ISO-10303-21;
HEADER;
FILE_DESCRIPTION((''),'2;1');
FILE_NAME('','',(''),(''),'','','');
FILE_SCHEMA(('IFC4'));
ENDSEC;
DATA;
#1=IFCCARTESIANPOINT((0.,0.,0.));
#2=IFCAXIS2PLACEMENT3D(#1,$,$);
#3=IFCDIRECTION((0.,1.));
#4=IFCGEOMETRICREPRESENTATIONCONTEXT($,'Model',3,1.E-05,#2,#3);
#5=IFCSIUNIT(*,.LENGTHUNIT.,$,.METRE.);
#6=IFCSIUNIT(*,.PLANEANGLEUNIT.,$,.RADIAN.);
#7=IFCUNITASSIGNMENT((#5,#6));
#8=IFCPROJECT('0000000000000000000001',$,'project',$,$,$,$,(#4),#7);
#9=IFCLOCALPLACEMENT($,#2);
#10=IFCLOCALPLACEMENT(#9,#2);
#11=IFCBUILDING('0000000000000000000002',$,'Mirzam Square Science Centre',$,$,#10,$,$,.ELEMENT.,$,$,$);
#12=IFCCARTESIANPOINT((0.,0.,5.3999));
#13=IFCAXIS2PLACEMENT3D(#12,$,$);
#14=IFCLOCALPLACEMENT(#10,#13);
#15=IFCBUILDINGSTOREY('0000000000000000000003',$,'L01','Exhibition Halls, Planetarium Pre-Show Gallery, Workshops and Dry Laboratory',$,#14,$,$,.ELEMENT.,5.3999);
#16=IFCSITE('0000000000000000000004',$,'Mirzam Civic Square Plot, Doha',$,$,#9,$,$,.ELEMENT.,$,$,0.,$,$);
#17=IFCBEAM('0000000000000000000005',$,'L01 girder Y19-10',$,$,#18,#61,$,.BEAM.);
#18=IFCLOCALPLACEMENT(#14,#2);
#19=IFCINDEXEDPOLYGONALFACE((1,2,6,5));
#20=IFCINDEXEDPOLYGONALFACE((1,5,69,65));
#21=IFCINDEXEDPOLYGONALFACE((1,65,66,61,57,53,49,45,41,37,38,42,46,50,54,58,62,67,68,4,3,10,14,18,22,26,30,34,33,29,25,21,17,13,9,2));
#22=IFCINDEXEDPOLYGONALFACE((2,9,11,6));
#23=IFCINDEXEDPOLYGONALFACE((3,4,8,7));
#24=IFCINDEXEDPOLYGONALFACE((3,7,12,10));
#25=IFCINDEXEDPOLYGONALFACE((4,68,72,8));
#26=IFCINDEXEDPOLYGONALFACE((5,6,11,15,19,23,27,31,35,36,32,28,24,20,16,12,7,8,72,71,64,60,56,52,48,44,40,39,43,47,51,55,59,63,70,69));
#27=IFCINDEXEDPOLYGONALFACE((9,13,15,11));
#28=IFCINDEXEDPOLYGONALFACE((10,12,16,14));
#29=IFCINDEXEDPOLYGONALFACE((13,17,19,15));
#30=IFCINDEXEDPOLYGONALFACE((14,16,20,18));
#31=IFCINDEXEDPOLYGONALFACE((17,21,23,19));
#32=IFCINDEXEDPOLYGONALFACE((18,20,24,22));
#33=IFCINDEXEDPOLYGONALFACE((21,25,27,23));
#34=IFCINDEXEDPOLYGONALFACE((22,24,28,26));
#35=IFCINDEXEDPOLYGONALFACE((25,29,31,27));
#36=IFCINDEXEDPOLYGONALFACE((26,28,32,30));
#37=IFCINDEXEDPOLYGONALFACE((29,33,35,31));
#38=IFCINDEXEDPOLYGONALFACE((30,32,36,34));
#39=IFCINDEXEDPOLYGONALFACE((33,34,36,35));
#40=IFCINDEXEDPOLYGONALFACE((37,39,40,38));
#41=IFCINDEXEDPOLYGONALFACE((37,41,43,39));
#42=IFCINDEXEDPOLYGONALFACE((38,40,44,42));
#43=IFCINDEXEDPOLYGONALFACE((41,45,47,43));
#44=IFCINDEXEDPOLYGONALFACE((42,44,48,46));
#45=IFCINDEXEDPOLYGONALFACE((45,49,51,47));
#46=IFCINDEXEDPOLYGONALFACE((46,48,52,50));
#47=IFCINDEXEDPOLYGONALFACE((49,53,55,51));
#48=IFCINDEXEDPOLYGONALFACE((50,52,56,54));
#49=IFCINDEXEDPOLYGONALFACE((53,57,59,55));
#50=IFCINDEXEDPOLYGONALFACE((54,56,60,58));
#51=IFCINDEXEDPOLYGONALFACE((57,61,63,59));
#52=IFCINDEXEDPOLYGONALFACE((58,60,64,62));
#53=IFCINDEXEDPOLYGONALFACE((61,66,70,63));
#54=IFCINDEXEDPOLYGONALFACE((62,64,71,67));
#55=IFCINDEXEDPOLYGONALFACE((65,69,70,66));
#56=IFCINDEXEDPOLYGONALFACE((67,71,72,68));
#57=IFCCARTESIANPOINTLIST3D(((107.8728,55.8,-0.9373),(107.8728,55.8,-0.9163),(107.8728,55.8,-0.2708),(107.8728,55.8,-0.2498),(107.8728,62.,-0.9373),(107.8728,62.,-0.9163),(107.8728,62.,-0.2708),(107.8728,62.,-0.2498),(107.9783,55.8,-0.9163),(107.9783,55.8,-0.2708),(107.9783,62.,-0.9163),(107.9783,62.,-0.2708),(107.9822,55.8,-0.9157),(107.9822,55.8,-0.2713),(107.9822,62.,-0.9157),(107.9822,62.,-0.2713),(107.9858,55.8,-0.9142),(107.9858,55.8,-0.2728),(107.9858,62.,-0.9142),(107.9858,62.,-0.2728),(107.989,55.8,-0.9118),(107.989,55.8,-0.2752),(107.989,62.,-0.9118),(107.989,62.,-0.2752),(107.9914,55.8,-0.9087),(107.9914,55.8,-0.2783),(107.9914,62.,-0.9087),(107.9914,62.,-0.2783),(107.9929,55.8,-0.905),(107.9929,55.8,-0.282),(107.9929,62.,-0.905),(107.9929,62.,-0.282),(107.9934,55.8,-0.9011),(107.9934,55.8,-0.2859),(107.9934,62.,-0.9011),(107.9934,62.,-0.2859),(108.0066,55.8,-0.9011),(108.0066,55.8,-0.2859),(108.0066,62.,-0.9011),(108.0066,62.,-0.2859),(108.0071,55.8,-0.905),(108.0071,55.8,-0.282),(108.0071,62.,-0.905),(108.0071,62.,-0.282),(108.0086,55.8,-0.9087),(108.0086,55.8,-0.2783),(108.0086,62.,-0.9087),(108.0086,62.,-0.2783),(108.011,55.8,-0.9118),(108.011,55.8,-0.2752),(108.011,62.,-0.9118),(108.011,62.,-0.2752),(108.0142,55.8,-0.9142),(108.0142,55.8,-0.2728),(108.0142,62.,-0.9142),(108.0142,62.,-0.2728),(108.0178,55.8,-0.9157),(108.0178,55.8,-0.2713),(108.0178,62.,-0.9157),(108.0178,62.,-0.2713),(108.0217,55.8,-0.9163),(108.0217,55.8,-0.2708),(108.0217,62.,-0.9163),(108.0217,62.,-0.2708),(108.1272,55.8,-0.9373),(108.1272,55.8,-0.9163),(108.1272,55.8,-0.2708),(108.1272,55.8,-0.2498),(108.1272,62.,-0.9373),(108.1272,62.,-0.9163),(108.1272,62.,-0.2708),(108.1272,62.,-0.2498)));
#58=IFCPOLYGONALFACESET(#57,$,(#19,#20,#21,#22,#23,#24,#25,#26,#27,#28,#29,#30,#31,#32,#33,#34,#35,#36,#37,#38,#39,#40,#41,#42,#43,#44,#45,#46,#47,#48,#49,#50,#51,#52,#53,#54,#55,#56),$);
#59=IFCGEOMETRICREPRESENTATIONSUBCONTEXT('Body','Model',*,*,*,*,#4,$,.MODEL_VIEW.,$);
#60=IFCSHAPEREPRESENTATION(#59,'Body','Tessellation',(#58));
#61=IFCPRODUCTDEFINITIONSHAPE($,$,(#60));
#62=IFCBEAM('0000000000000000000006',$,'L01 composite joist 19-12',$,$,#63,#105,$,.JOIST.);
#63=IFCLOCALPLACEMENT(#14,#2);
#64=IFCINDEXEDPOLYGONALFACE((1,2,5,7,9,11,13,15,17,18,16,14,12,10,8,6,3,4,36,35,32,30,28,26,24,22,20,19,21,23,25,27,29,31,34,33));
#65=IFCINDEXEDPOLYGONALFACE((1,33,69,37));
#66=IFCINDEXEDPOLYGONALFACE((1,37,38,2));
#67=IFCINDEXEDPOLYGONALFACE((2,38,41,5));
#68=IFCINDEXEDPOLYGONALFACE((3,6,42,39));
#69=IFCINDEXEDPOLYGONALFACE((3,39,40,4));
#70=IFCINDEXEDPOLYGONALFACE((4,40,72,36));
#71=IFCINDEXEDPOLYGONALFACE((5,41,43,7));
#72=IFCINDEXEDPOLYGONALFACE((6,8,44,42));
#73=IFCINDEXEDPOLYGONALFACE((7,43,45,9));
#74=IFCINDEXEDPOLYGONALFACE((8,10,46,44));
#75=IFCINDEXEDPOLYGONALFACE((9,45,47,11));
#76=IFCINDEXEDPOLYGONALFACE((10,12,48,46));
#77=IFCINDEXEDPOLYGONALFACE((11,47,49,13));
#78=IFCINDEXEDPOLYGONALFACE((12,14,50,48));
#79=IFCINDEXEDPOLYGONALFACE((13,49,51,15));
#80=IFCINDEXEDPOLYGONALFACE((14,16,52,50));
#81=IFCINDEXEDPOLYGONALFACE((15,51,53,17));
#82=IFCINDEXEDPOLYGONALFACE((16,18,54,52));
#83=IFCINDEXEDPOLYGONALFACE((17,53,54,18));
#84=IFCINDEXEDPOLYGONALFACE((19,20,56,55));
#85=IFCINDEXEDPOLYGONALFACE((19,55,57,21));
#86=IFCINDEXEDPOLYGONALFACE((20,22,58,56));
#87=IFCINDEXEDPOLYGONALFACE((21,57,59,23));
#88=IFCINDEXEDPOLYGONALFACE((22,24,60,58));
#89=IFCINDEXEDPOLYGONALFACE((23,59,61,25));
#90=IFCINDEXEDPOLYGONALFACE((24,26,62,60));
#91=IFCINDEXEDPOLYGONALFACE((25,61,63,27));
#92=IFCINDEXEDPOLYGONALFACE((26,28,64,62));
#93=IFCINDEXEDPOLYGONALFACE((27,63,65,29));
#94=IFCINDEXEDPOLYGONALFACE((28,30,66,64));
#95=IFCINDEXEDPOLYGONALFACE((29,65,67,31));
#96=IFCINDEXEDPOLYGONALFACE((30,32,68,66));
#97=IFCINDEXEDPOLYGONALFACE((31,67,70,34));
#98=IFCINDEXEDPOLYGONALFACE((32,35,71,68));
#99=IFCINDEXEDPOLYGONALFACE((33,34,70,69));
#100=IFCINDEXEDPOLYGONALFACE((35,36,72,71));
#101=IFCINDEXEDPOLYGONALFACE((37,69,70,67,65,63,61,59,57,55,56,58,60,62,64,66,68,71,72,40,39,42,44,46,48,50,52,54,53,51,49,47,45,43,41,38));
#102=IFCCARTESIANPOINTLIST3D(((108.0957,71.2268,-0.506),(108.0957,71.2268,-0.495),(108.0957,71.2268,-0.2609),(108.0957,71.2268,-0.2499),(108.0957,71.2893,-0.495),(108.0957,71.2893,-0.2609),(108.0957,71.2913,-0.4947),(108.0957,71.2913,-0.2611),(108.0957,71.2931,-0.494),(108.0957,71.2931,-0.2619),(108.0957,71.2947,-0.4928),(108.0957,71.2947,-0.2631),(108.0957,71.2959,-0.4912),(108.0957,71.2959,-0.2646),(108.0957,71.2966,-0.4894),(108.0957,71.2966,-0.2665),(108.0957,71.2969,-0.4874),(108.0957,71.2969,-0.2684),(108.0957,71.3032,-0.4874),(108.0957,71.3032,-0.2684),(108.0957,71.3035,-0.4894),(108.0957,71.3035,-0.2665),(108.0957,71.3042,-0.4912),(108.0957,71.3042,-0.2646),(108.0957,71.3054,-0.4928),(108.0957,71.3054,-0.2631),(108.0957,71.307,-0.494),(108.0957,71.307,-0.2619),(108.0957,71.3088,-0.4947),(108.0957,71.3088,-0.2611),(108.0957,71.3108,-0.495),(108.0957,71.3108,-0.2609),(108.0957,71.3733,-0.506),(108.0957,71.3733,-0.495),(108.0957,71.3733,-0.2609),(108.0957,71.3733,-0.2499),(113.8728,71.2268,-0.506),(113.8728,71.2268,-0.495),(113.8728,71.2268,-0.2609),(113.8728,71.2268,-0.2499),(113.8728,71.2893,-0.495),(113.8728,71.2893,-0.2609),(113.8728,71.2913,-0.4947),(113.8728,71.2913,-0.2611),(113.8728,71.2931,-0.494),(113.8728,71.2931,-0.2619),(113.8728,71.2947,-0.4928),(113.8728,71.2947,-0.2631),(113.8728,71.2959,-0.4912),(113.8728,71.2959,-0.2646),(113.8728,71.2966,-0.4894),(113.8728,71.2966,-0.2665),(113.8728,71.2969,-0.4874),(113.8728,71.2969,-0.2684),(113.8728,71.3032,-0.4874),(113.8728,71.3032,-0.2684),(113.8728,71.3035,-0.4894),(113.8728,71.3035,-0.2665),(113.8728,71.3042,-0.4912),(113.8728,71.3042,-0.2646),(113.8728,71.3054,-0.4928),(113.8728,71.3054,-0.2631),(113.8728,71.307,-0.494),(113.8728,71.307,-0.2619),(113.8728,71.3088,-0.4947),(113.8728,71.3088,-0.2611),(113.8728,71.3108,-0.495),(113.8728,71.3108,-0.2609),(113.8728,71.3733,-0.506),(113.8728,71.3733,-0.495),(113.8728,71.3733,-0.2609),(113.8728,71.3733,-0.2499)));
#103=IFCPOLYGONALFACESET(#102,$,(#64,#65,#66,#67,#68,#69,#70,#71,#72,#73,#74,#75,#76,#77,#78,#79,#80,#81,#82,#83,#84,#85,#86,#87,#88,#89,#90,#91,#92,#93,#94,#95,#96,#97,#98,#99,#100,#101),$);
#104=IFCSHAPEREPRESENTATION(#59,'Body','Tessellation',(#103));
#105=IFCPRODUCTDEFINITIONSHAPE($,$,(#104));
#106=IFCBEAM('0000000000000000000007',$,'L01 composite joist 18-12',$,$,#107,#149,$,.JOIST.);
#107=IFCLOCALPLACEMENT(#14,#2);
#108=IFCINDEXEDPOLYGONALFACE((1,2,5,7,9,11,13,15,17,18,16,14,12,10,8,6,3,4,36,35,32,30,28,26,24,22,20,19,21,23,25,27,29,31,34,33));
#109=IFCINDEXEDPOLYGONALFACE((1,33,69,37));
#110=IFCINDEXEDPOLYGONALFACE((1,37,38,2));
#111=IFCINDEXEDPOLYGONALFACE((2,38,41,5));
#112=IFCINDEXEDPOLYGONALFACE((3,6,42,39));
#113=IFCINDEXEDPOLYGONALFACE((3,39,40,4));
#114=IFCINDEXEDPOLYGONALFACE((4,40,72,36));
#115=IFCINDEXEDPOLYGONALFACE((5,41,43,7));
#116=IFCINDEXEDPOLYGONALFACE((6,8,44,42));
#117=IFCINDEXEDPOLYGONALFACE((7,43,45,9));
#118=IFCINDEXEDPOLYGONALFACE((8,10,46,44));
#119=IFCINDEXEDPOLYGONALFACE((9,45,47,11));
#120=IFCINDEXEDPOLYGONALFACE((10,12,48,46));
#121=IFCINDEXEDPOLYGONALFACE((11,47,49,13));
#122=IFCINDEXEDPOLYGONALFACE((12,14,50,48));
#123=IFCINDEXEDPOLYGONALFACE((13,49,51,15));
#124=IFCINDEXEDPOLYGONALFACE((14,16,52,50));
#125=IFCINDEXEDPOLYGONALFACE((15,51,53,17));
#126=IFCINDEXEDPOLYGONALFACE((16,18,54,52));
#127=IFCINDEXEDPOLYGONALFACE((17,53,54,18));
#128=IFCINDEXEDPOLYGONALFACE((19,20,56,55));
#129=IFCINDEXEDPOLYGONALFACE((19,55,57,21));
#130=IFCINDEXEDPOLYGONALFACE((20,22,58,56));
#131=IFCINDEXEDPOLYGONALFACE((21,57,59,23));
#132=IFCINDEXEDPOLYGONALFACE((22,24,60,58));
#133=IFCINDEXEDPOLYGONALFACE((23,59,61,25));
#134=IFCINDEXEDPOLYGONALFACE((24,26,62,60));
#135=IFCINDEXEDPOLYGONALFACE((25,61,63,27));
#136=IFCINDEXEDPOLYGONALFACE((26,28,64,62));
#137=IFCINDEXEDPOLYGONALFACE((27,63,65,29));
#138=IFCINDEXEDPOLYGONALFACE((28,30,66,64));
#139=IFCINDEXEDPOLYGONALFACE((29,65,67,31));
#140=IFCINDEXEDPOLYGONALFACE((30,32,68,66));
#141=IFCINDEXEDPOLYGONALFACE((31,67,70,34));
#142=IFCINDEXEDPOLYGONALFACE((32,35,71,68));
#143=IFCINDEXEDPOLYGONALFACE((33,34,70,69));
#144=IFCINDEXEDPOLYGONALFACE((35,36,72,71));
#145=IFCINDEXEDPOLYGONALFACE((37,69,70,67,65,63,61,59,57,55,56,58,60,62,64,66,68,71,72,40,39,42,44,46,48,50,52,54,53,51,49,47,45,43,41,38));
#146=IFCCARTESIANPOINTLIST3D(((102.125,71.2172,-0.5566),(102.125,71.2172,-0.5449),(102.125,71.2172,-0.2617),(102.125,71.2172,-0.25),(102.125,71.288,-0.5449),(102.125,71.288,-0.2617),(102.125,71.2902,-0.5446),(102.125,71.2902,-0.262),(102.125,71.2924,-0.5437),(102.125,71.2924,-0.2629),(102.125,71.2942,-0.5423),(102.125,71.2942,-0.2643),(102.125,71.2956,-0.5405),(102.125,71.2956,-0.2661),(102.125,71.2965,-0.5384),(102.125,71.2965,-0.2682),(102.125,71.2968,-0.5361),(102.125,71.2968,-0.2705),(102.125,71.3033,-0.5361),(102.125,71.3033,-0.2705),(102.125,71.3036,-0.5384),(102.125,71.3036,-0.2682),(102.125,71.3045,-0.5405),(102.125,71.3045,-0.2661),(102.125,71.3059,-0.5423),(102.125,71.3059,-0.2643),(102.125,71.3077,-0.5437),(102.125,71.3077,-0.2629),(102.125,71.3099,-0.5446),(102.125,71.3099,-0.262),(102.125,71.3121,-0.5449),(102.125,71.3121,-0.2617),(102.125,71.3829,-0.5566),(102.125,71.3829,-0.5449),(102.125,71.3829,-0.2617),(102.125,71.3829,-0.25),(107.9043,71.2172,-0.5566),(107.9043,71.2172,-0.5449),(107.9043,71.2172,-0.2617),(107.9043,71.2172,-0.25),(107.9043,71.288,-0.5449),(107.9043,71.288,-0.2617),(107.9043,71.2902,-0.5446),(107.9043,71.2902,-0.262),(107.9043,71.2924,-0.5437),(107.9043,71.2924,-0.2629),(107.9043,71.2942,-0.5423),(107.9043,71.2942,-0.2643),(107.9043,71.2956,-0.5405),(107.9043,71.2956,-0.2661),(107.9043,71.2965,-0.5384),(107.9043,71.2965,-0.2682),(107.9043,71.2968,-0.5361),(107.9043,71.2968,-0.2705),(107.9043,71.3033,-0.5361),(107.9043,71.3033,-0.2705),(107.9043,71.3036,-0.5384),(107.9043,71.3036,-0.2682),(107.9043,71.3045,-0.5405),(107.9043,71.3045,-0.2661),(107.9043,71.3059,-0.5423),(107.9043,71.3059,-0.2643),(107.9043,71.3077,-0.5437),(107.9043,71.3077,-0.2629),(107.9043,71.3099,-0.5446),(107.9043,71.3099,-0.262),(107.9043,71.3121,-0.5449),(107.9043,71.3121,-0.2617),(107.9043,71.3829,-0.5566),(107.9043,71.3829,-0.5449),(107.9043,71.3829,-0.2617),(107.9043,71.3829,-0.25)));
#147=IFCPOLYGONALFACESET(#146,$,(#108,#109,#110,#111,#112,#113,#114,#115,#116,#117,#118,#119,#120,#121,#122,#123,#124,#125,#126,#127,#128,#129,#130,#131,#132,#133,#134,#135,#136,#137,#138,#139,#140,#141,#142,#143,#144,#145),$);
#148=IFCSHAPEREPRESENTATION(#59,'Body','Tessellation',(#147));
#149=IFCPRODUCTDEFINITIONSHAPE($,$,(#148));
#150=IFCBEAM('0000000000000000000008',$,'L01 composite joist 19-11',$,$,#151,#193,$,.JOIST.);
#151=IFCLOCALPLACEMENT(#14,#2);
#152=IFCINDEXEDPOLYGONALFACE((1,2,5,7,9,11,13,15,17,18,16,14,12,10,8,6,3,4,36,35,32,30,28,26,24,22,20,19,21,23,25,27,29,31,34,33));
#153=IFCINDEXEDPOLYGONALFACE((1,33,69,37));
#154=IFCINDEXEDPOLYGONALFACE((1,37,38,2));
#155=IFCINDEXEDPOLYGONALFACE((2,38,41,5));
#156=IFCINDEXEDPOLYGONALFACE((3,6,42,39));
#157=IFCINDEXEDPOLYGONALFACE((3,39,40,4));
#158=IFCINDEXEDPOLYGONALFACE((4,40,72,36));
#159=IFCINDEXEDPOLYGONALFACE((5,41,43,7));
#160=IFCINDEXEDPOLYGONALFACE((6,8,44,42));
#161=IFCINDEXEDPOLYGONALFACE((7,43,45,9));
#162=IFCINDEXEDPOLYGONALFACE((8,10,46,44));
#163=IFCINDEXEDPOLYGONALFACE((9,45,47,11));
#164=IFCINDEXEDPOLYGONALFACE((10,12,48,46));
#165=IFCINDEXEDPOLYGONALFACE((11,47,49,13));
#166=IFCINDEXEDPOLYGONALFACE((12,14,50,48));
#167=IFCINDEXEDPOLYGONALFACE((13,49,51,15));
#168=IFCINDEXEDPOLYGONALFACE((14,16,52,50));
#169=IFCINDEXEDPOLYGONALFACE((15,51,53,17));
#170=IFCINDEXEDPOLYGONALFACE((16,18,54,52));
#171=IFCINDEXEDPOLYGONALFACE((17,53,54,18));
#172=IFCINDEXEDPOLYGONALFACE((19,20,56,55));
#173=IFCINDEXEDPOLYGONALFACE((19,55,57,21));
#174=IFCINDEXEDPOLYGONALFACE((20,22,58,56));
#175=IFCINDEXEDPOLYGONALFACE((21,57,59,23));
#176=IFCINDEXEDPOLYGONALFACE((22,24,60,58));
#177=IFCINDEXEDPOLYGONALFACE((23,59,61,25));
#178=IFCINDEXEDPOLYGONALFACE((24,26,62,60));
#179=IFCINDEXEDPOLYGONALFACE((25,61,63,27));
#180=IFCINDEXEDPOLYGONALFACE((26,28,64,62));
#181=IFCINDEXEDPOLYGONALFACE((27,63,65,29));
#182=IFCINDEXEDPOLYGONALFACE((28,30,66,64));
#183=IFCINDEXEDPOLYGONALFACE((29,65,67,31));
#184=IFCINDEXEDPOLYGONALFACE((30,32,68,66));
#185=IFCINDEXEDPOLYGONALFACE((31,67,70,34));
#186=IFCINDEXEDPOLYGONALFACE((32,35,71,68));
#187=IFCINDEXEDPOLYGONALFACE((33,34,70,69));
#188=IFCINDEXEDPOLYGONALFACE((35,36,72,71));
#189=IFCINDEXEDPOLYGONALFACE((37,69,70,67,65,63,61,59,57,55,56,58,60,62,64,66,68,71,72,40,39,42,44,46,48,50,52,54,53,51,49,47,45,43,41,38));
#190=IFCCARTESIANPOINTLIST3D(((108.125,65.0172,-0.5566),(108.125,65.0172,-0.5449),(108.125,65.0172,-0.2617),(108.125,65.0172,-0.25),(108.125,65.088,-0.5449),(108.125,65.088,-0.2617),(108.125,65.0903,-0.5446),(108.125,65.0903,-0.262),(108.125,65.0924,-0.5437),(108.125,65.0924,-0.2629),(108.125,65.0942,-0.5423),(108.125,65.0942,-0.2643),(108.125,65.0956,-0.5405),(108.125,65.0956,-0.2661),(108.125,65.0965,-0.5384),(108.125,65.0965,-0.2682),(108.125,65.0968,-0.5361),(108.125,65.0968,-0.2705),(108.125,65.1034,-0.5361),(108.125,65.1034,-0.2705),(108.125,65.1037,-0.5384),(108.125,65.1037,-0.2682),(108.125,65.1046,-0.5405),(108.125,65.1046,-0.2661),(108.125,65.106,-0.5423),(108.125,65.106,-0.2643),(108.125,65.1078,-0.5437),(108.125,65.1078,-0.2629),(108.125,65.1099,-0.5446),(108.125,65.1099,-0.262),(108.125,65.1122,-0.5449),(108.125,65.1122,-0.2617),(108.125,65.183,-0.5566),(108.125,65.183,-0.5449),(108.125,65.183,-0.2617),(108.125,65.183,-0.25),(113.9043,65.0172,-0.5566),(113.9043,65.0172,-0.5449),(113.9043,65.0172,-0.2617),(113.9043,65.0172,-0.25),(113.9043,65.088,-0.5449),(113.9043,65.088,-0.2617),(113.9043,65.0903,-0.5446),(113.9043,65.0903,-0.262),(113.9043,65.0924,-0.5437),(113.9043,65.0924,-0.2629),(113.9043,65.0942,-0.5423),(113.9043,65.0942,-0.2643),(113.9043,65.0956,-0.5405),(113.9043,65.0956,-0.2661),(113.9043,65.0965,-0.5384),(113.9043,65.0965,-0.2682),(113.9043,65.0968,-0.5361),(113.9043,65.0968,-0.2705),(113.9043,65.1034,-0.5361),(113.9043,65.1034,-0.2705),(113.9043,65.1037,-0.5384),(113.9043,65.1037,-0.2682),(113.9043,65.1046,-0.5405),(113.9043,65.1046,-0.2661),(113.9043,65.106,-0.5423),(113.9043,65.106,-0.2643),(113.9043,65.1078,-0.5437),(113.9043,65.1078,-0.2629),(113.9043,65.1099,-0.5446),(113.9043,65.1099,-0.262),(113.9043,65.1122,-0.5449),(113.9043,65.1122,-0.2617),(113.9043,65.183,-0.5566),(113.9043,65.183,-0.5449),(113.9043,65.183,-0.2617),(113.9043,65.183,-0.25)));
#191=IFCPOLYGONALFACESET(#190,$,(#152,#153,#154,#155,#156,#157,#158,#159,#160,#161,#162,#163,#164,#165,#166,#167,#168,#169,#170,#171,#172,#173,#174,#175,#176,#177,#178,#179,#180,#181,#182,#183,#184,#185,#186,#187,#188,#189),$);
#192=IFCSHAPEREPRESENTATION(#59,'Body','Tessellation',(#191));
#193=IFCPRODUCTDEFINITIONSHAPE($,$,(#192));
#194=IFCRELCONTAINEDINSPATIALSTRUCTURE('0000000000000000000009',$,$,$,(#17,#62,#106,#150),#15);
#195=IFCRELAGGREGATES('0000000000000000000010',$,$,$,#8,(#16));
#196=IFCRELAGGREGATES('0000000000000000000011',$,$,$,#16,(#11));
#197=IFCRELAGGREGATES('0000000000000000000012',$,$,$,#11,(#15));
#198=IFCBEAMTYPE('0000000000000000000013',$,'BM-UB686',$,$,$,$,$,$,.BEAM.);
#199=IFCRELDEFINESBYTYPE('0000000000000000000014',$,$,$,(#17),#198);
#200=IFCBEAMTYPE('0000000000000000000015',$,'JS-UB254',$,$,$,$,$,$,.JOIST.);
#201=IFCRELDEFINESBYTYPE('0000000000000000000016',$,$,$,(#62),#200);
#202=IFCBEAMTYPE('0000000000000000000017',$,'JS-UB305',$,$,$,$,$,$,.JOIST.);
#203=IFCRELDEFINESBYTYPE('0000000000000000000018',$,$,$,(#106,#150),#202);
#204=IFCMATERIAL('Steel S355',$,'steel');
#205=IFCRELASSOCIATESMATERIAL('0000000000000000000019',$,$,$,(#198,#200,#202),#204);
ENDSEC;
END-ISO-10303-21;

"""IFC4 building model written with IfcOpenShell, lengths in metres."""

from ifc_helpers import new_model, si_unit, direction, frame, origin, origin_2d, place, context, subcontext, project, spatial, i_section, extrude, material, material_profile, profile_set, type_object, element, save


model = new_model("IFC4")

# Units and contexts
model_context = context("Model", 3, precision=1e-05, world=origin(), true_north=direction((0.0, 1.0)))
body_context = subcontext(model_context, "Body", "Model", "MODEL_VIEW")
ifc_project = project(units=[si_unit("LENGTHUNIT", "METRE"), si_unit("PLANEANGLEUNIT", "RADIAN")], contexts=[model_context])

# Site, building, storey
site_placement = place(None, origin())
site = spatial("IfcSite", under=ifc_project, at=site_placement, Name="Mirzam Civic Square Plot, Doha", CompositionType="ELEMENT", RefElevation=0.0)
building_placement = place(site_placement, origin())
building = spatial("IfcBuilding", under=site, at=building_placement, Name="Mirzam Square Science Centre", CompositionType="ELEMENT")
storey_placement = place(building_placement, frame((0.0, 0.0, 5.3999)))
storey = spatial("IfcBuildingStorey", under=building, at=storey_placement, Name="L01", Description="Exhibition Halls, Planetarium Pre-Show Gallery, Workshops and Dry Laboratory", CompositionType="ELEMENT", Elevation=5.3999)

# Shared definitions
ifc_material_1 = material(Name="Steel S355", Category="steel")

# Beams
ifc_material_profile_1 = material_profile(ifc_material_1, i_section(OverallWidth=0.2544, OverallDepth=0.6875, WebThickness=0.0132, FlangeThickness=0.021, FilletRadius=0.0151, at=origin_2d()), Name="686x254x152UB")
ifc_profile_set_1 = profile_set([ifc_material_profile_1], Name="Steel S355")
beam_type_1 = type_object("IfcBeamType", Name="BM-UB686", PredefinedType="BEAM", material=ifc_profile_set_1)
beam_1_placement = place(storey_placement, frame((108.0, 55.8, -0.5935), z_axis=(0.0, 1.0, 0.0), x_axis=(-1.0, 0.0, 0.0)))
element("IfcBeam", 1, at=beam_1_placement, inside=storey, type_object=beam_type_1, Name="L01 girder Y19-10", PredefinedType="BEAM", context=body_context, shape_type="SweptSolid", body=[
    extrude(i_section(OverallWidth=0.2544, OverallDepth=0.6875, WebThickness=0.0132, FlangeThickness=0.021, FilletRadius=0.0151, at=origin_2d()), origin(), (0.0, 0.0, 1.0), 6.2),
])
ifc_material_profile_2 = material_profile(ifc_material_1, i_section(OverallWidth=0.1465, OverallDepth=0.2561, WebThickness=0.0063, FlangeThickness=0.011, FilletRadius=0.0076, at=origin_2d()), Name="254x146x37UB")
ifc_profile_set_2 = profile_set([ifc_material_profile_2], Name="Steel S355")
beam_type_2 = type_object("IfcBeamType", Name="JS-UB254", PredefinedType="JOIST", material=ifc_profile_set_2)
beam_2_placement = place(storey_placement, frame((108.0957, 71.3, -0.3779), z_axis=(1.0, 0.0, 0.0), x_axis=(0.0, 1.0, 0.0)))
element("IfcBeam", 2, at=beam_2_placement, inside=storey, type_object=beam_type_2, Name="L01 composite joist 19-12", PredefinedType="JOIST", context=body_context, shape_type="SweptSolid", body=[
    extrude(i_section(OverallWidth=0.1465, OverallDepth=0.2561, WebThickness=0.0063, FlangeThickness=0.011, FilletRadius=0.0076, at=origin_2d()), origin(), (0.0, 0.0, 1.0), 5.7771),
])
ifc_material_profile_3 = material_profile(ifc_material_1, i_section(OverallWidth=0.1658, OverallDepth=0.3066, WebThickness=0.0066, FlangeThickness=0.0117, FilletRadius=0.0088, at=origin_2d()), Name="305x165x46UB")
ifc_profile_set_3 = profile_set([ifc_material_profile_3], Name="Steel S355")
beam_type_3 = type_object("IfcBeamType", Name="JS-UB305", PredefinedType="JOIST", material=ifc_profile_set_3)
for number, where, z_axis, x_axis, name in (
    (3, (102.125, 71.3, -0.4033), (1.0, 0.0, 0.0), (0.0, 1.0, 0.0), "L01 composite joist 18-12"),
    (4, (108.125, 65.1001, -0.4033), (1.0, 0.0, 0.0), (0.0, 1.0, 0.0), "L01 composite joist 19-11"),
):
    element("IfcBeam", number, at=place(storey_placement, frame(where, z_axis=z_axis, x_axis=x_axis)), inside=storey, type_object=beam_type_3, Name=name, PredefinedType="JOIST", context=body_context, shape_type="SweptSolid", body=[
        extrude(i_section(OverallWidth=0.1658, OverallDepth=0.3066, WebThickness=0.0066, FlangeThickness=0.0117, FilletRadius=0.0088, at=origin_2d()), origin(), (0.0, 0.0, 1.0), 5.7793),
    ])

save(model, "model.ifc")
